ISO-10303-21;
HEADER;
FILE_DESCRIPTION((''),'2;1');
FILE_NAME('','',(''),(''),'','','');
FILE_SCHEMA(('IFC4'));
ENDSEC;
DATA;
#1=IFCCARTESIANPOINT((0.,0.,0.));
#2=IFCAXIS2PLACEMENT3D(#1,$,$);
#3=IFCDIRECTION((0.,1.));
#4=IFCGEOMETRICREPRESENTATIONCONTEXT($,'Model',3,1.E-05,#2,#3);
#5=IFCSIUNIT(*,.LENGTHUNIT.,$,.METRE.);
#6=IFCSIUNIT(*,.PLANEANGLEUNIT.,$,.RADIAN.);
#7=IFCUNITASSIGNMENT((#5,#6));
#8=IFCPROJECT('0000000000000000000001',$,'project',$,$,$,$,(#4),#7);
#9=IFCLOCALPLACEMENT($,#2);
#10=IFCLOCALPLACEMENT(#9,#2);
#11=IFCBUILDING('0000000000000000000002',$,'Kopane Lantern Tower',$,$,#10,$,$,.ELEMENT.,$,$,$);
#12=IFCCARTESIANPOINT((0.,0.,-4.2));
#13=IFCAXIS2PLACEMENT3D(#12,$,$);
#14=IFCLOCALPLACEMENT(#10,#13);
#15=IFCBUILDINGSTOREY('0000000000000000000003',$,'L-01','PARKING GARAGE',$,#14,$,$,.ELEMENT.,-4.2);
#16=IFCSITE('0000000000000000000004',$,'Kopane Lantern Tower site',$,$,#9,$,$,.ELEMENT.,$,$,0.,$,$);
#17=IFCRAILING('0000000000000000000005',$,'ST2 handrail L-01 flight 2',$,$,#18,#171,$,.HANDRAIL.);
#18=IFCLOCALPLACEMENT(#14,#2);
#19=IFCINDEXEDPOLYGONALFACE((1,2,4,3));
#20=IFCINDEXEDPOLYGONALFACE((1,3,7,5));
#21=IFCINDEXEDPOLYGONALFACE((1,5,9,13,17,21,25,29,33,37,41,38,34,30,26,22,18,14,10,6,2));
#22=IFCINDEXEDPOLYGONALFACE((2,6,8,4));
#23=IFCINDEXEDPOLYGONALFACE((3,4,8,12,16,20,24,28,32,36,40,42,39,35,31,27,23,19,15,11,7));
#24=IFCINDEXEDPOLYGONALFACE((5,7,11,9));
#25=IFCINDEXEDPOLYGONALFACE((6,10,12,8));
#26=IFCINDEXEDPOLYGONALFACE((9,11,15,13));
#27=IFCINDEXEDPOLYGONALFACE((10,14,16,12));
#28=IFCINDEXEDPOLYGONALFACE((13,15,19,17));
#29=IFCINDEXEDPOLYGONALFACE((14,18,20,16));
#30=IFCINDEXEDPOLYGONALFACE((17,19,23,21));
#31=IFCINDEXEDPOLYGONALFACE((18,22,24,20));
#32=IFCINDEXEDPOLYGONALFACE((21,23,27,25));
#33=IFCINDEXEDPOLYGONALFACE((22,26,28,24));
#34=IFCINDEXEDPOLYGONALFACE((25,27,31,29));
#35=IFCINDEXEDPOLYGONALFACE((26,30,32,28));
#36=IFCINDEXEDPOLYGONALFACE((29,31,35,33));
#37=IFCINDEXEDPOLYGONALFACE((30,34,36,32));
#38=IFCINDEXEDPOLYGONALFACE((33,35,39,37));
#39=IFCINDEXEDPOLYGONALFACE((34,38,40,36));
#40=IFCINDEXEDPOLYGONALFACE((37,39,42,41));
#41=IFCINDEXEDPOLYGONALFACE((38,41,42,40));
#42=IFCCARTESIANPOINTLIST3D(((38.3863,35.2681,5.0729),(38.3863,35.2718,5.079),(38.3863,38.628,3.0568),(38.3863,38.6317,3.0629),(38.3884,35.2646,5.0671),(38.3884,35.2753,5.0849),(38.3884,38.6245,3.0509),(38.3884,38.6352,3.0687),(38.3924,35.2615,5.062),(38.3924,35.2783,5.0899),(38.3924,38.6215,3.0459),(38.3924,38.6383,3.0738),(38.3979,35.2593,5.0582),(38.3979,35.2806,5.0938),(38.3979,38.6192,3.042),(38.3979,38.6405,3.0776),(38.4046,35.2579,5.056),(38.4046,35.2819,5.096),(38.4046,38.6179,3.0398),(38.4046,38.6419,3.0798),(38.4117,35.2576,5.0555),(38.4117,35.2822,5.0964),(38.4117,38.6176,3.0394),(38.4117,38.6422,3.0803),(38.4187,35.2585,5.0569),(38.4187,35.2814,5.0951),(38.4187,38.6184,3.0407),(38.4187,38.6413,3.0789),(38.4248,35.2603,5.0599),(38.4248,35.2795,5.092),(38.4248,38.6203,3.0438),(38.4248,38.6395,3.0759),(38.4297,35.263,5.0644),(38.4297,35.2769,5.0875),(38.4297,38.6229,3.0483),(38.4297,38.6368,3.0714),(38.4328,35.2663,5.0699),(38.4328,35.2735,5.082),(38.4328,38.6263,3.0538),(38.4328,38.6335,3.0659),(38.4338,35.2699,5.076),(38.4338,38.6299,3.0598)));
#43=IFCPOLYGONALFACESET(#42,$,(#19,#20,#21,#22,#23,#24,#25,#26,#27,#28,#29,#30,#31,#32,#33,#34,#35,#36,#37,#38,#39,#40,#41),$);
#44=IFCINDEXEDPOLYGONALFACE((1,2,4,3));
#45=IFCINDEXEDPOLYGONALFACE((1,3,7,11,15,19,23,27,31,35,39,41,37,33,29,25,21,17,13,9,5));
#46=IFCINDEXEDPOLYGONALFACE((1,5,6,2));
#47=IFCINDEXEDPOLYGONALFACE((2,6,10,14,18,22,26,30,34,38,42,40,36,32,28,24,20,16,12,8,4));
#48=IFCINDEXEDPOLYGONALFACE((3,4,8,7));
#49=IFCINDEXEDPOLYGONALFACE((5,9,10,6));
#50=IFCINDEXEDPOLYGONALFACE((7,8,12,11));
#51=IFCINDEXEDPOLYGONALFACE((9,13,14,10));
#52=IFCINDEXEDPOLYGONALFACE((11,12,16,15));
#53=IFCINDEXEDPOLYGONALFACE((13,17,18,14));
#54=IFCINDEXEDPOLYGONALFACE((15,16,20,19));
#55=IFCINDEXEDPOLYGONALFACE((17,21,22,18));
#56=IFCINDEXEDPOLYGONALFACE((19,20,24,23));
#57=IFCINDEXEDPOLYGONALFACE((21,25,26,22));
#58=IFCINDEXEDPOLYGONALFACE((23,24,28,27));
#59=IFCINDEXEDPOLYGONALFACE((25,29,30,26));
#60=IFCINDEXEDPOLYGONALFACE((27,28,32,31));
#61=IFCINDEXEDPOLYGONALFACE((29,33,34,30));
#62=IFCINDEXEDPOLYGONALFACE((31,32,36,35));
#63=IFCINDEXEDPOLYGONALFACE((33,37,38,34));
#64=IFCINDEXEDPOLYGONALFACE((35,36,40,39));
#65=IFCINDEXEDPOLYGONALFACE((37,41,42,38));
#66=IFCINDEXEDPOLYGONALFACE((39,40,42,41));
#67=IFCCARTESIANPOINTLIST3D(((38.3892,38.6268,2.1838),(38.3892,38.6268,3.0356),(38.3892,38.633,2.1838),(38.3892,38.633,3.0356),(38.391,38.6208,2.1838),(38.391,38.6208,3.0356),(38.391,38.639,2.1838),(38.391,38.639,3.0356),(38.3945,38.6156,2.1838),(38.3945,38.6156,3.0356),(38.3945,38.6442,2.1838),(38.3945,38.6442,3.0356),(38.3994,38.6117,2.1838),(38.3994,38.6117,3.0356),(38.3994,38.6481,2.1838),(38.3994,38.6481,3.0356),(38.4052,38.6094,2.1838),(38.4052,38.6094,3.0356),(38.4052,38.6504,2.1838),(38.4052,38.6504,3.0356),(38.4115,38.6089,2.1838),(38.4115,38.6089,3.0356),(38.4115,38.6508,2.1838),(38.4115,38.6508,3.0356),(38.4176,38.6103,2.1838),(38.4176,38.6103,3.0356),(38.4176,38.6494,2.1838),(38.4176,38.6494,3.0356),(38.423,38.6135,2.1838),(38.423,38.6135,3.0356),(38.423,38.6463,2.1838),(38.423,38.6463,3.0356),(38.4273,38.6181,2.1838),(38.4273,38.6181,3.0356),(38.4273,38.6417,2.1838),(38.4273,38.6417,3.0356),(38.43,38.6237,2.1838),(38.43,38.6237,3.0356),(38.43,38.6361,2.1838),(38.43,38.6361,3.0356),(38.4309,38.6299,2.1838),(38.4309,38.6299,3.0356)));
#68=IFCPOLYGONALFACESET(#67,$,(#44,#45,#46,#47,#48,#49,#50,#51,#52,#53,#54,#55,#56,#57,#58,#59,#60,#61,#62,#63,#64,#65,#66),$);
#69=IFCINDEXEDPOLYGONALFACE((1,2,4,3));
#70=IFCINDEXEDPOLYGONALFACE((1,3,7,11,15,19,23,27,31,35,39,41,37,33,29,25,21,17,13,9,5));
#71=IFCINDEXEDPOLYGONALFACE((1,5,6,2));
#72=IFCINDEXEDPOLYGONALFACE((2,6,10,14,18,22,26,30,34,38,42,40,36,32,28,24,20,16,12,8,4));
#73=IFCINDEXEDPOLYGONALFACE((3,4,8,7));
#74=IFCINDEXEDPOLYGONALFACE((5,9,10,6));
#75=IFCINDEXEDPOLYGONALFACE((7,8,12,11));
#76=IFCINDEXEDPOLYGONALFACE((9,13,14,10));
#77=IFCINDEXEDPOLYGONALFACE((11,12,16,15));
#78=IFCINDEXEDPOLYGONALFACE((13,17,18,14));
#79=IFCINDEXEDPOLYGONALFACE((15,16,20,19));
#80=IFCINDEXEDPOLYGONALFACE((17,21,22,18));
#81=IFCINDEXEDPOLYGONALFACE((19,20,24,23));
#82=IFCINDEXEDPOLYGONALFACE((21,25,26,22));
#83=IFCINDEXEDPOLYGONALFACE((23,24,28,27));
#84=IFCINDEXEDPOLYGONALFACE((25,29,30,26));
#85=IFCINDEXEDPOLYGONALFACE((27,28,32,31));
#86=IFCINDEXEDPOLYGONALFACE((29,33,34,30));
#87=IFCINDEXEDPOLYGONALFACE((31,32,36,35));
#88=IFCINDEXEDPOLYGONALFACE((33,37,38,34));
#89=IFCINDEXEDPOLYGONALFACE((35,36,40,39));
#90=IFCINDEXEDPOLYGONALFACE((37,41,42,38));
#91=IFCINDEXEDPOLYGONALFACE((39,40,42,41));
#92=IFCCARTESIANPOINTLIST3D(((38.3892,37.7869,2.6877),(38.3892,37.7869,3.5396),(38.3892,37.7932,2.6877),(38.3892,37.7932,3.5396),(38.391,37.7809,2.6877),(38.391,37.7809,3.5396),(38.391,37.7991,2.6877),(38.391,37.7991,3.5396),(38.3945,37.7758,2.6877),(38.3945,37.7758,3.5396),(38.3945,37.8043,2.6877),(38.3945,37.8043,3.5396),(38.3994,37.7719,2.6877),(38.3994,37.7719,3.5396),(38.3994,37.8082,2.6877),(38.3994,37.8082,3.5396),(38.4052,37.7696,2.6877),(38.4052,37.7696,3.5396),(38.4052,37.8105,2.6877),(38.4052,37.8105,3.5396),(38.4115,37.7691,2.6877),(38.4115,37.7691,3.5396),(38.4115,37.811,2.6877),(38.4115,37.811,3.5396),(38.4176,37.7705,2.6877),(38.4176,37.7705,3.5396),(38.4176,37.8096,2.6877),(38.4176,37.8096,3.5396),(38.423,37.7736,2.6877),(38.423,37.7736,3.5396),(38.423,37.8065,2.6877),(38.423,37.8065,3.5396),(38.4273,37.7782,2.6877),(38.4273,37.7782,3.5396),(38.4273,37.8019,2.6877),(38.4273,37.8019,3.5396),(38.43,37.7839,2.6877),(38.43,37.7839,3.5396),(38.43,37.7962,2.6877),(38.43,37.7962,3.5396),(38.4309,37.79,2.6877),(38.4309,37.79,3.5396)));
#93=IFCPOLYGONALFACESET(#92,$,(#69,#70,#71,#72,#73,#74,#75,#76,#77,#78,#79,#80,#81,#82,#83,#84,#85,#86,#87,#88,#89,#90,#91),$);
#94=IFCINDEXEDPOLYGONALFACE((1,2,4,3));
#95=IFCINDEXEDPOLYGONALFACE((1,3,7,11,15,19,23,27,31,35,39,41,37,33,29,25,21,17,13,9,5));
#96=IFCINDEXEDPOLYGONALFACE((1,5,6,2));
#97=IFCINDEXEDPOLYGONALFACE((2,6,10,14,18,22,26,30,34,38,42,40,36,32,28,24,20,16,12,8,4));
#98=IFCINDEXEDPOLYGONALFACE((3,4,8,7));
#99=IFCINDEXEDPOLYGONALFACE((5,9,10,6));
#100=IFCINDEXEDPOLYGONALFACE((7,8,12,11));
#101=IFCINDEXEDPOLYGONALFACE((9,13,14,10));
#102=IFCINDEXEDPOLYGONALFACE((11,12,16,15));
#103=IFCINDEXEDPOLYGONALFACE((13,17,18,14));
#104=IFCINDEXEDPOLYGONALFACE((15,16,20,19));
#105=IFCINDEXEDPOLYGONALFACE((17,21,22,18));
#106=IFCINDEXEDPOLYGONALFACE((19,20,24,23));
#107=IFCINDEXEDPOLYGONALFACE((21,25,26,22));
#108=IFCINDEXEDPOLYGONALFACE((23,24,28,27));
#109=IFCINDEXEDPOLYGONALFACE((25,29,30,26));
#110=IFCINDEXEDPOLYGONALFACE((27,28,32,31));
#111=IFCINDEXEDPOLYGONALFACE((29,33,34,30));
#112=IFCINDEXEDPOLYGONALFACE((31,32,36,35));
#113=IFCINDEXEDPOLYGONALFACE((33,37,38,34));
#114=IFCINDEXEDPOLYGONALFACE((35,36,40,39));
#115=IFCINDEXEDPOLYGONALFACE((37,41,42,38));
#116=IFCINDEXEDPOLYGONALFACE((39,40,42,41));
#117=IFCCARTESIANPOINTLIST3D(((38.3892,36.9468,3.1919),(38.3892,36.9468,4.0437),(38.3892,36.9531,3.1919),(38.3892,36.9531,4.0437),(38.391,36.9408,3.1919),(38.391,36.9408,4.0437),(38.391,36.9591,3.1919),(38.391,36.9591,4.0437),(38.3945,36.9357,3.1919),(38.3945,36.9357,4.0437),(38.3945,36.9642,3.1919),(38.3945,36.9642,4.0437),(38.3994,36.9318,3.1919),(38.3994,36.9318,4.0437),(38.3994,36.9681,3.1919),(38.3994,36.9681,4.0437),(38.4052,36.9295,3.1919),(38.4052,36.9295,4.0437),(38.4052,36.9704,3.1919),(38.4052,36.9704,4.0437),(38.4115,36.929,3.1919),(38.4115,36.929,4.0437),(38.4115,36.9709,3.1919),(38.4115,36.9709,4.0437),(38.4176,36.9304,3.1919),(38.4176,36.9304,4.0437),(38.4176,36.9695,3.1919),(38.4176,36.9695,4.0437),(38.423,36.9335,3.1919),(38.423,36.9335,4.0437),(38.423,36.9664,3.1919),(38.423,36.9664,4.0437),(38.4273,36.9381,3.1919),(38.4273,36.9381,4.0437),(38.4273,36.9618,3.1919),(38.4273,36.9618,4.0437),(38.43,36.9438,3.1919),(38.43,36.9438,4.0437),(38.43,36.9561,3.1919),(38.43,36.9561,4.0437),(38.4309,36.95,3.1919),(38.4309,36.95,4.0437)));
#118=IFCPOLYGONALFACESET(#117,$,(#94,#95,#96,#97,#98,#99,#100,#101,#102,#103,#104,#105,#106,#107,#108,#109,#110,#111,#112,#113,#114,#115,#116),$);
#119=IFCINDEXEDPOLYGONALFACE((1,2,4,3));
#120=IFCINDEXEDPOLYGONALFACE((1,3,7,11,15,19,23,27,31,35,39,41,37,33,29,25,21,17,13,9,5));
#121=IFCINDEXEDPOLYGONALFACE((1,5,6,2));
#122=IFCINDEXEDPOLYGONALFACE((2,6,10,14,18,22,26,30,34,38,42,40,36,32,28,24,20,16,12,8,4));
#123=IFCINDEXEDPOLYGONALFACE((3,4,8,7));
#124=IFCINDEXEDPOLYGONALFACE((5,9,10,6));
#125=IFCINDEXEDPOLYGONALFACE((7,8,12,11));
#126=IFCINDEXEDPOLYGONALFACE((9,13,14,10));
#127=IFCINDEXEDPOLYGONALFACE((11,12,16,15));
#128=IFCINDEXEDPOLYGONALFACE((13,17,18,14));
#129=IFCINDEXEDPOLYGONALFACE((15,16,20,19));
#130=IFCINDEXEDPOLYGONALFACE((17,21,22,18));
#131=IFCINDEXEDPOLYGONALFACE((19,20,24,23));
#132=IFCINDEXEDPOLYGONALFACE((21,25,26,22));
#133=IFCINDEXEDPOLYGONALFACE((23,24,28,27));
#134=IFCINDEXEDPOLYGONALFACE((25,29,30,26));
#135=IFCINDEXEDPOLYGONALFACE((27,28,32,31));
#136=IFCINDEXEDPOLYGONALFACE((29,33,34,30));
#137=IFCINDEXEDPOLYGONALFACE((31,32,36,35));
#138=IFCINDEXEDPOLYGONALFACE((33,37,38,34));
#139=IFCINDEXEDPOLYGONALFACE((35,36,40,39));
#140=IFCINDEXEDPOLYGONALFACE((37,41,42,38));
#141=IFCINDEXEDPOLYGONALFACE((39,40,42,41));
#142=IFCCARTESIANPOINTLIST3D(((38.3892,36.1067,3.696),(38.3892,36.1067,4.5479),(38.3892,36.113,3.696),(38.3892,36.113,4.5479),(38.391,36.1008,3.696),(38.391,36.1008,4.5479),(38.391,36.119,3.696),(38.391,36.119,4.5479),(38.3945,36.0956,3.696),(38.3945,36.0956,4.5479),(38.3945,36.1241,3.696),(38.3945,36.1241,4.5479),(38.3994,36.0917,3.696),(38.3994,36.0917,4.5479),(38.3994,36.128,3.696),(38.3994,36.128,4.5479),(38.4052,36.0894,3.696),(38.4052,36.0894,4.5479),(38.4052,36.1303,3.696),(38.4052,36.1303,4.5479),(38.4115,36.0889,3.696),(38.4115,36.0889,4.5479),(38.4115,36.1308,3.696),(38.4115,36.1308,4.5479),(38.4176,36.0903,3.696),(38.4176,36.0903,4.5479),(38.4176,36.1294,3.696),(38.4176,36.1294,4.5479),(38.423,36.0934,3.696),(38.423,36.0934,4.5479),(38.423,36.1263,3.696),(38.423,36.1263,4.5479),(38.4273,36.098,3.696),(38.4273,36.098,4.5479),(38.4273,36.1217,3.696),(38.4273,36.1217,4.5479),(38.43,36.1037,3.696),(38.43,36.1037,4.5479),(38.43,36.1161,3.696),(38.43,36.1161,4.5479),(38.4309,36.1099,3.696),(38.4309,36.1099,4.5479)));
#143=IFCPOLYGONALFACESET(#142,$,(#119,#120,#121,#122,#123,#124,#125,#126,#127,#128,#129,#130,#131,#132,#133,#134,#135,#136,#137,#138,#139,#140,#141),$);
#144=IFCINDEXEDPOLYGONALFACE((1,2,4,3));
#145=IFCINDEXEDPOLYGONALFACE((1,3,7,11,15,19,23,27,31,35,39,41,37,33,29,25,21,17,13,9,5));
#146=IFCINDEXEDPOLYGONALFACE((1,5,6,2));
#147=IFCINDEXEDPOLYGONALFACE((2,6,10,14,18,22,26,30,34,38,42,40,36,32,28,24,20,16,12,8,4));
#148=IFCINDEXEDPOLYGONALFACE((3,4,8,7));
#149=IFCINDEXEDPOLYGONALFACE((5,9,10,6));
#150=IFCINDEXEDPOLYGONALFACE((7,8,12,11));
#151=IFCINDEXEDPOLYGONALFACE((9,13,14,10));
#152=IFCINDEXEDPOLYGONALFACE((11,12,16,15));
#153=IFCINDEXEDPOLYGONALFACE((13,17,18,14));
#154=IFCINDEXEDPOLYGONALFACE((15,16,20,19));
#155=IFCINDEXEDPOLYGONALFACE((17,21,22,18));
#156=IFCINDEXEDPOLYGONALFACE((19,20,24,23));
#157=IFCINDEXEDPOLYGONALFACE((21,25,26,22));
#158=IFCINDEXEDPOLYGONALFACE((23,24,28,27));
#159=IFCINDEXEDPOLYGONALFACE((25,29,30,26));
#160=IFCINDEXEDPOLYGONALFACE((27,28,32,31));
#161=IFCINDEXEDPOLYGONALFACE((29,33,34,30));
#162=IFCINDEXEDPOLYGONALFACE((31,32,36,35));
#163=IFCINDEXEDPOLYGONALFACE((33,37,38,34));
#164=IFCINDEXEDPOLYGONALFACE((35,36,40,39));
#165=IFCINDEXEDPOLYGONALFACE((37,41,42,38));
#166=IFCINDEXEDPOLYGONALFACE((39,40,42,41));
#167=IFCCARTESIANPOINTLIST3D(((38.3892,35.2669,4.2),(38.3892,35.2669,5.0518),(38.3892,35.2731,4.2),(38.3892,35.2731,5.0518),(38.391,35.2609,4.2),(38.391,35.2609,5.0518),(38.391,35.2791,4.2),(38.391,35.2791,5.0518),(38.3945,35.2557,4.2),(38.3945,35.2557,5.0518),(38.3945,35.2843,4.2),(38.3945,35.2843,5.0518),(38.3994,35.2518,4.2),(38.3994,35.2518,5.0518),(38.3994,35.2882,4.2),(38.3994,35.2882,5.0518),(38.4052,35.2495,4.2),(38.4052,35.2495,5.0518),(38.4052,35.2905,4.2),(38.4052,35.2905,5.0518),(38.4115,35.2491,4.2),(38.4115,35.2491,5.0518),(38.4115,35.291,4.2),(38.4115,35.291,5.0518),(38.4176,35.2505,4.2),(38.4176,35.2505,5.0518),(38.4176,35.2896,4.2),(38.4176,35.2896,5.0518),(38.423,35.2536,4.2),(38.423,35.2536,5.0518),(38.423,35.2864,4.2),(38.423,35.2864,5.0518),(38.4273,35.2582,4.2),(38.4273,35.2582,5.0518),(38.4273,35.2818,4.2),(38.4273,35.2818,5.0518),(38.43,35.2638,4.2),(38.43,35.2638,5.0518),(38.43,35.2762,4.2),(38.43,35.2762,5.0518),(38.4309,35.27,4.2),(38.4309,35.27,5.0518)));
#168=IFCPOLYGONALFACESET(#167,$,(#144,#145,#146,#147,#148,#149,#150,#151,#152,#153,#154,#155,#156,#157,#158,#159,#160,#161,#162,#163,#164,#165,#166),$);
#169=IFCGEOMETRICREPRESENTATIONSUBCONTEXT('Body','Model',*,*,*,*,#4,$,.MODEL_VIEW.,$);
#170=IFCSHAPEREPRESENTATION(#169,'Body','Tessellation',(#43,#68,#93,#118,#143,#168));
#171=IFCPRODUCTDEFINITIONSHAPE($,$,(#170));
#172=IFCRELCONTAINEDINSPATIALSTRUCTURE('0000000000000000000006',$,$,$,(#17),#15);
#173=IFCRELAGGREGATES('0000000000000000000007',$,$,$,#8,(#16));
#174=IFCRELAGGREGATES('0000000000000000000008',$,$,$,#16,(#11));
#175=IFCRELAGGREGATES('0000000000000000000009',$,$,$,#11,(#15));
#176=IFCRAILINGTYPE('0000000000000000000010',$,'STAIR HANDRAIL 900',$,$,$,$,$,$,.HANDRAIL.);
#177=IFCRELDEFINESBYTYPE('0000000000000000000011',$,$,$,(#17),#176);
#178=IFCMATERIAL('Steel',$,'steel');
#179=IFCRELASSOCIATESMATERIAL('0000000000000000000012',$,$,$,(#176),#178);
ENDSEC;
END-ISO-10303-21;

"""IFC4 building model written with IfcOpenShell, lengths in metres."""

from ifc_helpers import new_model, si_unit, direction, frame, origin, origin_2d, place, context, subcontext, project, spatial, circle, extrude, material, type_object, element, save


model = new_model("IFC4")

# Units and contexts
model_context = context("Model", 3, precision=1e-05, world=origin(), true_north=direction((0.0, 1.0)))
body_context = subcontext(model_context, "Body", "Model", "MODEL_VIEW")
ifc_project = project(units=[si_unit("LENGTHUNIT", "METRE"), si_unit("PLANEANGLEUNIT", "RADIAN")], contexts=[model_context])

# Site, building, storey
site_placement = place(None, origin())
site = spatial("IfcSite", under=ifc_project, at=site_placement, Name="Kopane Lantern Tower site", CompositionType="ELEMENT", RefElevation=0.0)
building_placement = place(site_placement, origin())
building = spatial("IfcBuilding", under=site, at=building_placement, Name="Kopane Lantern Tower", CompositionType="ELEMENT")
storey_placement = place(building_placement, frame((0.0, 0.0, -4.2)))
storey = spatial("IfcBuildingStorey", under=building, at=storey_placement, Name="L-01", Description="PARKING GARAGE", CompositionType="ELEMENT", Elevation=-4.2)

# Railing
ifc_material_1 = material(Name="Steel", Category="steel")
railing_type_1 = type_object("IfcRailingType", Name="STAIR HANDRAIL 900", PredefinedType="HANDRAIL", material=ifc_material_1)
railing_1_placement = place(storey_placement, frame((38.4099, 38.6299, 2.1838)))
element("IfcRailing", 1, at=railing_1_placement, inside=storey, type_object=railing_type_1, Name="ST2 handrail L-01 flight 2", PredefinedType="HANDRAIL", context=body_context, shape_type="SweptSolid", body=[
    extrude(circle(Radius=0.0239, at=origin_2d()), frame((0.0, 0.0, 0.876), z_axis=(0.0, -0.857471, 0.514532), x_axis=(1.0, 0.0, 0.0)), (0.0, 0.0, 1.0), 3.9185),
    extrude(circle(Radius=0.021, at=origin_2d()), origin(), (0.0, 0.0, 1.0), 0.8518),
    extrude(circle(Radius=0.021, at=origin_2d()), frame((0.0, -0.8398, 0.5039)), (0.0, 0.0, 1.0), 0.8518),
    extrude(circle(Radius=0.021, at=origin_2d()), frame((0.0, -1.6799, 1.0081)), (0.0, 0.0, 1.0), 0.8518),
    extrude(circle(Radius=0.021, at=origin_2d()), frame((0.0, -2.52, 1.5122)), (0.0, 0.0, 1.0), 0.8518),
    extrude(circle(Radius=0.021, at=origin_2d()), frame((0.0, -3.3599, 2.0161)), (0.0, 0.0, 1.0), 0.8518),
])

save(model, "model.ifc")
